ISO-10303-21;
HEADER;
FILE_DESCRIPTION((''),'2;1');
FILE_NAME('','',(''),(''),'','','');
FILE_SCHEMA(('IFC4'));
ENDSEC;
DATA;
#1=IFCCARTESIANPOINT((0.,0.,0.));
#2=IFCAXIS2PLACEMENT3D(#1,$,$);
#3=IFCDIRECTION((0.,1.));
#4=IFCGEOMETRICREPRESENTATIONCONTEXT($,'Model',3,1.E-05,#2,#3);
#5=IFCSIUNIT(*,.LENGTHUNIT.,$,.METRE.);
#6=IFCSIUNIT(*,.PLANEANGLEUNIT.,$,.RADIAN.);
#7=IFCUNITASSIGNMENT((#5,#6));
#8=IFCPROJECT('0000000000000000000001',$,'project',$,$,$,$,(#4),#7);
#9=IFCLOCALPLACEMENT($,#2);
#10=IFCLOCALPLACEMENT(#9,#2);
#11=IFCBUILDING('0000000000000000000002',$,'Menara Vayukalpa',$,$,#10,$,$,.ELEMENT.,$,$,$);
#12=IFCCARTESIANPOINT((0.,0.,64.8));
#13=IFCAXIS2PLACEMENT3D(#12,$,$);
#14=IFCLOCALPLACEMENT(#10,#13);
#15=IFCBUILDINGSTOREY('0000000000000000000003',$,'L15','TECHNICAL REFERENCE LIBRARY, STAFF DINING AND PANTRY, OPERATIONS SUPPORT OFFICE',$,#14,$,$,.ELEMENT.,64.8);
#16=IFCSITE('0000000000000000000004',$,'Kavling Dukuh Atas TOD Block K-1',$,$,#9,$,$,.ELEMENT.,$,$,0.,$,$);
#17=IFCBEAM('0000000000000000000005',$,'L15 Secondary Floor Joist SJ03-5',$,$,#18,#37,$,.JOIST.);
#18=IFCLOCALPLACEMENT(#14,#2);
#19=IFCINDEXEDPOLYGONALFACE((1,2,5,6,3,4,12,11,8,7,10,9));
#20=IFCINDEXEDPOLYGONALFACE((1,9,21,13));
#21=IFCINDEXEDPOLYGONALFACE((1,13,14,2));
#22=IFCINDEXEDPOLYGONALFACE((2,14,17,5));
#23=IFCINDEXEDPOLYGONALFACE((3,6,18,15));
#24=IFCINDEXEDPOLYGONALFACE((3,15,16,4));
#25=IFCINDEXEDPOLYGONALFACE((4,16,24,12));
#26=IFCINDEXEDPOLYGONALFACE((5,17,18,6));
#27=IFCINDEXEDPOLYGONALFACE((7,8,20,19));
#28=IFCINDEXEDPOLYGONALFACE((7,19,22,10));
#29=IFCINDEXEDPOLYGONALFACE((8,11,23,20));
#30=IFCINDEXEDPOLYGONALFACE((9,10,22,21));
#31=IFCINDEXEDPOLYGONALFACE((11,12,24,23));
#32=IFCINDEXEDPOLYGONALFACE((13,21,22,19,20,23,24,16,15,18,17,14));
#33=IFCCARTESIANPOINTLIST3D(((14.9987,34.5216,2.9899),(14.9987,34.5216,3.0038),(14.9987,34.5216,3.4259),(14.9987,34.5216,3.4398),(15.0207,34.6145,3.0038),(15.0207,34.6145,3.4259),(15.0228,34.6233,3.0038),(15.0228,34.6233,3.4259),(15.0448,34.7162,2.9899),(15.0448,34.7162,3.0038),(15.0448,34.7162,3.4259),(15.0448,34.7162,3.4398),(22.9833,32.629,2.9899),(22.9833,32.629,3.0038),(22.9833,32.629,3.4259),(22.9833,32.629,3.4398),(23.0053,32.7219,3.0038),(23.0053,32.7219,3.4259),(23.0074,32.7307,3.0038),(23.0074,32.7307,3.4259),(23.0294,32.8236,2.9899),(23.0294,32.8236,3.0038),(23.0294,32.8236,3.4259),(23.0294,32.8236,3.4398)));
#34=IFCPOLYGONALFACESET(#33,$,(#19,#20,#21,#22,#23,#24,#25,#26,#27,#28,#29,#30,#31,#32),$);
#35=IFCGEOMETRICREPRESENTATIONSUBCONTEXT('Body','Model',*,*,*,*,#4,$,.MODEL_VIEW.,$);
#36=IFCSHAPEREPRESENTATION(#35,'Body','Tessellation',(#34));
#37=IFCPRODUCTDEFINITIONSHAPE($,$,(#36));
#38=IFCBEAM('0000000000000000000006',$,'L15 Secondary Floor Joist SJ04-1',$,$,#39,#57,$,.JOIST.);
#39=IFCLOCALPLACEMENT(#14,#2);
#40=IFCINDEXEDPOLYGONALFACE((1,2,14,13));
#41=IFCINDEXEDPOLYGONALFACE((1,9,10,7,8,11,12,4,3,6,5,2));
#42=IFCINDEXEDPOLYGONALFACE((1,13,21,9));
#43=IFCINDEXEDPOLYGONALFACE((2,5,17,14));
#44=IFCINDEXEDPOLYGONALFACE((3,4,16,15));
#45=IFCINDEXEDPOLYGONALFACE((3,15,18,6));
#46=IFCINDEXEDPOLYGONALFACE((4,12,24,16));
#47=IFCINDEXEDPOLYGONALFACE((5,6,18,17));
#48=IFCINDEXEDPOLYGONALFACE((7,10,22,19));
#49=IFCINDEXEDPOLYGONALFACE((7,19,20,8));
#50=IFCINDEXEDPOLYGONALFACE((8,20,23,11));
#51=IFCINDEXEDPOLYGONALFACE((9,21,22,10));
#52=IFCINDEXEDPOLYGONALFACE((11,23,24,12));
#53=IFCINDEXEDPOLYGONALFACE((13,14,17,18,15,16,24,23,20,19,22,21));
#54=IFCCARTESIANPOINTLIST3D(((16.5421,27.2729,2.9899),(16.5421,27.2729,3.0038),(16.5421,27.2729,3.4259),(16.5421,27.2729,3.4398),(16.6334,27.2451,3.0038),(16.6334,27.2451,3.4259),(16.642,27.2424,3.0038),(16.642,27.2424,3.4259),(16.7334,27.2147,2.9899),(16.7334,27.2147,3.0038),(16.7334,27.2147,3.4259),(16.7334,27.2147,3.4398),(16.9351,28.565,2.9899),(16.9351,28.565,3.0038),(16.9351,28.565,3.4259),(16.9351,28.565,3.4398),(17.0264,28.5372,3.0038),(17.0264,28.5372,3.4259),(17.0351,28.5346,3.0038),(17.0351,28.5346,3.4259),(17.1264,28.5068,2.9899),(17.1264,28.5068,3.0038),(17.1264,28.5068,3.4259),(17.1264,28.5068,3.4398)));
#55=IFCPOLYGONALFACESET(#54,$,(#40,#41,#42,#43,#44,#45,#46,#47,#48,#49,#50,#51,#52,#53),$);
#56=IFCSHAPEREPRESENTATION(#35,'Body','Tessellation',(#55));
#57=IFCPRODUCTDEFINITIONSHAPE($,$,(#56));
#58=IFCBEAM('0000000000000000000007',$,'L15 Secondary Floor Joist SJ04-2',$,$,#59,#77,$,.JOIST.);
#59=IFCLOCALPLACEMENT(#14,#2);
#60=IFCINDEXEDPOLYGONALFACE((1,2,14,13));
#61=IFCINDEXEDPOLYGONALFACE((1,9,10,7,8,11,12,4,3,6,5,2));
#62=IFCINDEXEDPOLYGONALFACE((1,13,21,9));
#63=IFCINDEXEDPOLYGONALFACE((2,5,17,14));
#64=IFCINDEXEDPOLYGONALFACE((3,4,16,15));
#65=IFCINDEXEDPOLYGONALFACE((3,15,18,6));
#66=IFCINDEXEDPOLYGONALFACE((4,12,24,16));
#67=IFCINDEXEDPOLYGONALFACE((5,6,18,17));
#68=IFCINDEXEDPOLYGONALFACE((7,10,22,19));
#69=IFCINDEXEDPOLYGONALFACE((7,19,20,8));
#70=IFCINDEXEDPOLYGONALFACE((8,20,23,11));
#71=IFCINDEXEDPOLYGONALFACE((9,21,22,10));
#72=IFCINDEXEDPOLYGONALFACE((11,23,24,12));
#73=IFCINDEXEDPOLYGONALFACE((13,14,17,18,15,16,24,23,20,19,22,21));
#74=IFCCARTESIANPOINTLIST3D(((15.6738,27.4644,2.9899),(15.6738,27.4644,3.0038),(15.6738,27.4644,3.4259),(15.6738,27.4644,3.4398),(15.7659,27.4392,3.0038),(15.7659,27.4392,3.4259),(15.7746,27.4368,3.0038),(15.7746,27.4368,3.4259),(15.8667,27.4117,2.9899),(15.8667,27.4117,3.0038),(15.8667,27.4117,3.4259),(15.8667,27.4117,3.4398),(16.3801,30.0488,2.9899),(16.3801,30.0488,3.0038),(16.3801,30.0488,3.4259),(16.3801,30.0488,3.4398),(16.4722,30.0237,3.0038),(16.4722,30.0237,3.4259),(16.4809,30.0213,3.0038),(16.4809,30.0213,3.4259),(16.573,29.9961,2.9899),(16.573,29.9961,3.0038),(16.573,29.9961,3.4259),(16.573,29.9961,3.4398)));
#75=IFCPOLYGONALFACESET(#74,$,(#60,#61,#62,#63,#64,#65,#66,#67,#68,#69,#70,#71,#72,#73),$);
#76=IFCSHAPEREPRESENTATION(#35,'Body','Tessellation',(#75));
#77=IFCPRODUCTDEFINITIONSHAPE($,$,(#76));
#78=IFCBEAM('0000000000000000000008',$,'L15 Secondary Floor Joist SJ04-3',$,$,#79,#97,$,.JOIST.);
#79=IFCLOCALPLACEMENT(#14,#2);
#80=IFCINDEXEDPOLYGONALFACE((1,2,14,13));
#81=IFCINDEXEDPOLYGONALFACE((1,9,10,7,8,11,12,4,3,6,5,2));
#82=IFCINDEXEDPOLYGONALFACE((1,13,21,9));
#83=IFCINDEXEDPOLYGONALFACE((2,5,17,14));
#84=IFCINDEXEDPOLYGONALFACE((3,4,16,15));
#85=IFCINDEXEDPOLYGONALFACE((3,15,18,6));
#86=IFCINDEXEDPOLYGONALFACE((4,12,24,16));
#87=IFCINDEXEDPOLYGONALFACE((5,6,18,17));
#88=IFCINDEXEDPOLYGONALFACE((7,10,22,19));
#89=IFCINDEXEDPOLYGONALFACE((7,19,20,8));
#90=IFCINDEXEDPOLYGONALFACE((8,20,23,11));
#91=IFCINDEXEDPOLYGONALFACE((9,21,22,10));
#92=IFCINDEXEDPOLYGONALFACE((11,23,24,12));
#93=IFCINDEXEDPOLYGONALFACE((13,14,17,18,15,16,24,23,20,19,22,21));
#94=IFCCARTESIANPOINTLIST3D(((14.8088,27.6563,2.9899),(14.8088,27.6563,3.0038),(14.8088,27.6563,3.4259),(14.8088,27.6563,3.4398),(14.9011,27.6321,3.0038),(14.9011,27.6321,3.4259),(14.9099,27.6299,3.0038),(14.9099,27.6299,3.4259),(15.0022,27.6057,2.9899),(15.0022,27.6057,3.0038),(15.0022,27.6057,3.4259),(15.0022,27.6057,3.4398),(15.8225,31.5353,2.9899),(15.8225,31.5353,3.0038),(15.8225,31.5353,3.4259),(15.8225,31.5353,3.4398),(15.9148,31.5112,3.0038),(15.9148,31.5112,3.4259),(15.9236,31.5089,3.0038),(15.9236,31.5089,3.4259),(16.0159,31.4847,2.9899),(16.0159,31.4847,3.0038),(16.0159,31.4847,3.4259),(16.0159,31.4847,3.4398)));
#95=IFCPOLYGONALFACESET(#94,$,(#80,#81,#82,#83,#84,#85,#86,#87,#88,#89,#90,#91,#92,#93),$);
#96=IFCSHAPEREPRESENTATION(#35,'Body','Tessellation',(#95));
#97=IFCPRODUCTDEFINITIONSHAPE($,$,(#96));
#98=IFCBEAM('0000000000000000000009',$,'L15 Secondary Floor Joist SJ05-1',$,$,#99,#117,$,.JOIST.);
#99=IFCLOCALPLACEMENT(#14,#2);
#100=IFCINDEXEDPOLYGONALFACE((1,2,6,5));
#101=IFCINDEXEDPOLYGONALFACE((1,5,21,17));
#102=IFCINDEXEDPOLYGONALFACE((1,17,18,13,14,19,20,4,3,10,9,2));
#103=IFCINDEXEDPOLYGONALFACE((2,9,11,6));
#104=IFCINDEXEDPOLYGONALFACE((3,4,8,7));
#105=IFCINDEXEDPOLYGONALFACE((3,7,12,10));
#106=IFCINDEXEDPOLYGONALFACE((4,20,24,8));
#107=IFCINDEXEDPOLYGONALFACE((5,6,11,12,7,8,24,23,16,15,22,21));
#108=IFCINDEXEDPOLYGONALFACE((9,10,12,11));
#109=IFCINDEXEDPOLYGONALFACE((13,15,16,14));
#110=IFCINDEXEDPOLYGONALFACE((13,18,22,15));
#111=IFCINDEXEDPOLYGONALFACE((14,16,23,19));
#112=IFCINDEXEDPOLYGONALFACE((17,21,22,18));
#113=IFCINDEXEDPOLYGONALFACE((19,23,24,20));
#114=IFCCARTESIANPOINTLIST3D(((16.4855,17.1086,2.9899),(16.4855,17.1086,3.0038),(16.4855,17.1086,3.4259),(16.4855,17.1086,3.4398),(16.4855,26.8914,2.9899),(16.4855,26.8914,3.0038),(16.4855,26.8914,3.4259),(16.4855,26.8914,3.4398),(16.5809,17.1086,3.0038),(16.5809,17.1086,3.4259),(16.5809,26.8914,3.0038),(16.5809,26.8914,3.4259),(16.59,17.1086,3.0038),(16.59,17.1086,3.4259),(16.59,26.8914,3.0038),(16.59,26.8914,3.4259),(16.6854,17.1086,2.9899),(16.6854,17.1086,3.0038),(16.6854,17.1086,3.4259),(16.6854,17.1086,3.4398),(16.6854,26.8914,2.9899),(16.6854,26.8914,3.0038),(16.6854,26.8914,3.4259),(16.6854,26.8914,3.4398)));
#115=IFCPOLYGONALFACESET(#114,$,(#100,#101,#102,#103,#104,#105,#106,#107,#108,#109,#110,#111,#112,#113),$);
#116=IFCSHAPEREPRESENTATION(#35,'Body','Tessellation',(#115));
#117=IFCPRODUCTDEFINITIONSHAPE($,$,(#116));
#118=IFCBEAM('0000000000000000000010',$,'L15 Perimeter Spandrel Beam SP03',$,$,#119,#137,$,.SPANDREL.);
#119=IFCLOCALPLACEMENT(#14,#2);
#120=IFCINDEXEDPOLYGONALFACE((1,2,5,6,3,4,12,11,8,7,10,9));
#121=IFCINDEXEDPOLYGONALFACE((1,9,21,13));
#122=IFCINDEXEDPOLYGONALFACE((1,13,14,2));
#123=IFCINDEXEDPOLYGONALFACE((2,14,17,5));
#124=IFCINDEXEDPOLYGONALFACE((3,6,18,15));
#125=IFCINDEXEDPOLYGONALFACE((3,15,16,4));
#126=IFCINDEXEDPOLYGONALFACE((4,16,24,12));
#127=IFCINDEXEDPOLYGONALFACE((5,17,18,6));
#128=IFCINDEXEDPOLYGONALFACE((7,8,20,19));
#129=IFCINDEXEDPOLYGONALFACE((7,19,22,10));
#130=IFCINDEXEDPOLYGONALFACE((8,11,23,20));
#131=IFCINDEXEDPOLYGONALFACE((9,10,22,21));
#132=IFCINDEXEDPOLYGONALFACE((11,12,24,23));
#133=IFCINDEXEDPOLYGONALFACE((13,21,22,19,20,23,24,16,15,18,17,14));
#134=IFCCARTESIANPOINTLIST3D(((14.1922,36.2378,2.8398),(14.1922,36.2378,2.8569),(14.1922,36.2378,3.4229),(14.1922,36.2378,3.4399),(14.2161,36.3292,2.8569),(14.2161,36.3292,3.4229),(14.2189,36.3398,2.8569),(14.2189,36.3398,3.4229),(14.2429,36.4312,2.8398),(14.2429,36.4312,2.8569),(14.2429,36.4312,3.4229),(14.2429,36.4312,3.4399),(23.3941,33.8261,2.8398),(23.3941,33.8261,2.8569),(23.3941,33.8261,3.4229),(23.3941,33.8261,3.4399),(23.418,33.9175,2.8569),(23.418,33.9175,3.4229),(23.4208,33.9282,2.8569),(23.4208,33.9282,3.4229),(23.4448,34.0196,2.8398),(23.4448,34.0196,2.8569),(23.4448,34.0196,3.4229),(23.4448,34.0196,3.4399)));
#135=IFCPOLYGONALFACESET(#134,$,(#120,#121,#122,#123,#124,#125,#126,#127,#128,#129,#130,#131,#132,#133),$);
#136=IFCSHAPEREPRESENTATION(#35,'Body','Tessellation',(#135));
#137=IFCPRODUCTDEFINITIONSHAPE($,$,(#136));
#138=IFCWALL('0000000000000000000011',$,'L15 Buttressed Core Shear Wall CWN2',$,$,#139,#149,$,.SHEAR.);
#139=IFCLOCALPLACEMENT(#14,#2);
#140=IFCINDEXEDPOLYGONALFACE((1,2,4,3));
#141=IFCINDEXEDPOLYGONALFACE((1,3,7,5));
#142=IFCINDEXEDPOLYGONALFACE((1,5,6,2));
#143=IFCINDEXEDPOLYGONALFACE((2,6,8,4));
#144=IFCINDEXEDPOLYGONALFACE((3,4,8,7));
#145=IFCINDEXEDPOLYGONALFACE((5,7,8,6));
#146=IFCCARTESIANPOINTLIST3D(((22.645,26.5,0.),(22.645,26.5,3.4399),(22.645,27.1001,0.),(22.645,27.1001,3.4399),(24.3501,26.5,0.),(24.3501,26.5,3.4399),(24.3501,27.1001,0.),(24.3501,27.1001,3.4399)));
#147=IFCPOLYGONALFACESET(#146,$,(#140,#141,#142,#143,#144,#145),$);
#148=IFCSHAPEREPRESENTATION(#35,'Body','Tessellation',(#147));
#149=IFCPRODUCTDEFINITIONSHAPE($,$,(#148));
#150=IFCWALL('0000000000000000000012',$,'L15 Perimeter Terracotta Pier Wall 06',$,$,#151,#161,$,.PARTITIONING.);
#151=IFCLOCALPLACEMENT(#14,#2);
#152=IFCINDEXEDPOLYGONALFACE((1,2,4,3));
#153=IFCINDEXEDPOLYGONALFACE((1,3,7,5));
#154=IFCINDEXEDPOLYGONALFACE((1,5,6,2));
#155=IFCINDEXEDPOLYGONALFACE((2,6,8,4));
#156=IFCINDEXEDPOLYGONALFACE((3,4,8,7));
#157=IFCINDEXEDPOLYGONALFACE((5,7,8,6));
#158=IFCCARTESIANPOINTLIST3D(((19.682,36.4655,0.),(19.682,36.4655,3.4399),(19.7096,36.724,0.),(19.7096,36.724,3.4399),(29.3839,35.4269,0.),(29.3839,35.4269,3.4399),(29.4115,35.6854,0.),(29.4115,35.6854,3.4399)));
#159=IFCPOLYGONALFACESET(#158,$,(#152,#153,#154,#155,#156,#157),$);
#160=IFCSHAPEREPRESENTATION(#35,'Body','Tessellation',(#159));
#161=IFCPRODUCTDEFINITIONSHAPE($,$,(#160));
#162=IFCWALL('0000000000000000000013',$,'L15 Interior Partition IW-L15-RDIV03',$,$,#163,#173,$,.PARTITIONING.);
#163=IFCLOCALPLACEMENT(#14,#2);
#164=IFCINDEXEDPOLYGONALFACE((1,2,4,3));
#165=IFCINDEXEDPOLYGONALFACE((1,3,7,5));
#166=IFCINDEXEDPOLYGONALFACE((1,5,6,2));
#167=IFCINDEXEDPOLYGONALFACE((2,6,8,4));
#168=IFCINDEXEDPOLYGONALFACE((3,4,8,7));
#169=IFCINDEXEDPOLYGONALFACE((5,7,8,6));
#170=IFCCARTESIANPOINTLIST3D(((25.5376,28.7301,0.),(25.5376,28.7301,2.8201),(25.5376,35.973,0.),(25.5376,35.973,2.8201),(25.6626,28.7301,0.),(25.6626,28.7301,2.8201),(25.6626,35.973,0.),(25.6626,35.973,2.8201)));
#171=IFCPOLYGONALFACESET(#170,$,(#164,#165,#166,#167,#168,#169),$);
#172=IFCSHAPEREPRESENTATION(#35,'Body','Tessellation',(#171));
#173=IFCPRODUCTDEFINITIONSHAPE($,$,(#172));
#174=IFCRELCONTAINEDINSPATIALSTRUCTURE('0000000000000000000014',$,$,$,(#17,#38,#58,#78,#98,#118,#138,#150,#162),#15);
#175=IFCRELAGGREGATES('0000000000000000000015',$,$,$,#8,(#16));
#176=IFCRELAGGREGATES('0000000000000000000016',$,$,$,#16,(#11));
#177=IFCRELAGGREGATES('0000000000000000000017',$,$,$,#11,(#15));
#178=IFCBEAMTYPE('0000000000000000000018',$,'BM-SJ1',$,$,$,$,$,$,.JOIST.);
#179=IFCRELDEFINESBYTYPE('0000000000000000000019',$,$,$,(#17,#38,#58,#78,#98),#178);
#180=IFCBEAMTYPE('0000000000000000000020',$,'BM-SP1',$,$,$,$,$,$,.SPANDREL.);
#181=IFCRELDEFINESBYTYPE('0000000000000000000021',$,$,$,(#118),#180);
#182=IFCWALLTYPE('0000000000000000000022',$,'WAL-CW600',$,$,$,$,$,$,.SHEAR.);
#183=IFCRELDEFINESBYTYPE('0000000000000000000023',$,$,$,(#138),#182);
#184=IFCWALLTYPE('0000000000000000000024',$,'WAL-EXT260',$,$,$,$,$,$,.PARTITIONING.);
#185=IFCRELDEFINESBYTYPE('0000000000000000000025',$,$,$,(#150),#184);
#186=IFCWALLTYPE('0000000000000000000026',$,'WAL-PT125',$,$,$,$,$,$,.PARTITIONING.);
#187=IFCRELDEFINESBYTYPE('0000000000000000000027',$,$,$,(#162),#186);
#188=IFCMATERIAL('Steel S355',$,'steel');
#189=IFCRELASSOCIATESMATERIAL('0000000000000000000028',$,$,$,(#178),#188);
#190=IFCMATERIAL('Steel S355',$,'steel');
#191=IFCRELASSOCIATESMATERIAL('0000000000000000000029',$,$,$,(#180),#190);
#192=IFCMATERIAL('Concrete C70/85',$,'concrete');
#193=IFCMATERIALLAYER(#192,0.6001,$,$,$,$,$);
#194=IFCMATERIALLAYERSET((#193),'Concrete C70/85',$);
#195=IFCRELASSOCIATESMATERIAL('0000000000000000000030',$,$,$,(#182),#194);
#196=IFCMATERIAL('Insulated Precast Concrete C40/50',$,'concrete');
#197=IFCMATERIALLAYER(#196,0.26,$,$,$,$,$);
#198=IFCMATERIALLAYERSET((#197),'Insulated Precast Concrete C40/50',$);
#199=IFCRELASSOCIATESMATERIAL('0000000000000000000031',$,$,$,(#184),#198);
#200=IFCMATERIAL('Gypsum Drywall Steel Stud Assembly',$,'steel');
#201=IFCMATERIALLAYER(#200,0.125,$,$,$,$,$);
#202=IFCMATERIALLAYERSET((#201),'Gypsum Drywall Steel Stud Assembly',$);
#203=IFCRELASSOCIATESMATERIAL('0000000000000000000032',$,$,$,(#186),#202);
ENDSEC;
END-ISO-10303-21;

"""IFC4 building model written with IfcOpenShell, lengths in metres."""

from ifc_helpers import new_model, si_unit, direction, frame, frame_2d, origin, origin_2d, place, context, subcontext, project, spatial, rectangle, i_section, extrude, material, layer, layer_set, material_profile, profile_set, type_object, element, save


model = new_model("IFC4")

# Units and contexts
model_context = context("Model", 3, precision=1e-05, world=origin(), true_north=direction((0.0, 1.0)))
body_context = subcontext(model_context, "Body", "Model", "MODEL_VIEW")
ifc_project = project(units=[si_unit("LENGTHUNIT", "METRE"), si_unit("PLANEANGLEUNIT", "RADIAN")], contexts=[model_context])

# Site, building, storey
site_placement = place(None, origin())
site = spatial("IfcSite", under=ifc_project, at=site_placement, Name="Kavling Dukuh Atas TOD Block K-1", CompositionType="ELEMENT", RefElevation=0.0)
building_placement = place(site_placement, origin())
building = spatial("IfcBuilding", under=site, at=building_placement, Name="Menara Vayukalpa", CompositionType="ELEMENT")
storey_placement = place(building_placement, frame((0.0, 0.0, 64.8)))
storey = spatial("IfcBuildingStorey", under=building, at=storey_placement, Name="L15", Description="TECHNICAL REFERENCE LIBRARY, STAFF DINING AND PANTRY, OPERATIONS SUPPORT OFFICE", CompositionType="ELEMENT", Elevation=64.8)

# Beams
ifc_material_1 = material(Name="Steel S355", Category="steel")
ifc_material_profile_1 = material_profile(ifc_material_1, i_section(OverallWidth=0.2, OverallDepth=0.45, WebThickness=0.009, FlangeThickness=0.0139, at=origin_2d()), Name="WF 450x200x9x14")
ifc_profile_set_1 = profile_set([ifc_material_profile_1], Name="Steel S355")
beam_type_1 = type_object("IfcBeamType", Name="BM-SJ1", PredefinedType="JOIST", material=ifc_profile_set_1)
beam_1_placement = place(storey_placement, frame((23.0063, 32.7263, 3.2148), z_axis=(-0.97304, 0.230638, 0.0), x_axis=(-0.230638, -0.97304, 0.0)))
element("IfcBeam", 1, at=beam_1_placement, inside=storey, type_object=beam_type_1, Name="L15 Secondary Floor Joist SJ03-5", PredefinedType="JOIST", context=body_context, shape_type="SweptSolid", body=[
    extrude(i_section(OverallWidth=0.2, OverallDepth=0.45, WebThickness=0.009, FlangeThickness=0.0139, at=origin_2d()), origin(), (0.0, 0.0, 1.0), 8.2058),
])
beam_2_placement = place(storey_placement, frame((17.0308, 28.5359, 3.2148), z_axis=(-0.291011, -0.95672, 0.0), x_axis=(0.95672, -0.291011, 0.0)))
element("IfcBeam", 2, at=beam_2_placement, inside=storey, type_object=beam_type_1, Name="L15 Secondary Floor Joist SJ04-1", PredefinedType="JOIST", context=body_context, shape_type="SweptSolid", body=[
    extrude(i_section(OverallWidth=0.2, OverallDepth=0.45, WebThickness=0.009, FlangeThickness=0.0139, at=origin_2d()), origin(), (0.0, 0.0, 1.0), 1.3506),
])
beam_3_placement = place(storey_placement, frame((16.4766, 30.0225, 3.2148), z_axis=(-0.263619, -0.964627, 0.0), x_axis=(0.964627, -0.263619, 0.0)))
element("IfcBeam", 3, at=beam_3_placement, inside=storey, type_object=beam_type_1, Name="L15 Secondary Floor Joist SJ04-2", PredefinedType="JOIST", context=body_context, shape_type="SweptSolid", body=[
    extrude(i_section(OverallWidth=0.2, OverallDepth=0.45, WebThickness=0.009, FlangeThickness=0.0139, at=origin_2d()), origin(), (0.0, 0.0, 1.0), 2.6792),
])
beam_4_placement = place(storey_placement, frame((15.9192, 31.51, 3.2148), z_axis=(-0.252838, -0.967509, 0.0), x_axis=(0.967509, -0.252838, 0.0)))
element("IfcBeam", 4, at=beam_4_placement, inside=storey, type_object=beam_type_1, Name="L15 Secondary Floor Joist SJ04-3", PredefinedType="JOIST", context=body_context, shape_type="SweptSolid", body=[
    extrude(i_section(OverallWidth=0.2, OverallDepth=0.45, WebThickness=0.009, FlangeThickness=0.0139, at=origin_2d()), origin(), (0.0, 0.0, 1.0), 4.0093),
])
beam_5_placement = place(storey_placement, frame((16.5854, 26.8914, 3.2148), z_axis=(0.0, -1.0, 0.0), x_axis=(1.0, 0.0, 0.0)))
element("IfcBeam", 5, at=beam_5_placement, inside=storey, type_object=beam_type_1, Name="L15 Secondary Floor Joist SJ05-1", PredefinedType="JOIST", context=body_context, shape_type="SweptSolid", body=[
    extrude(i_section(OverallWidth=0.2, OverallDepth=0.45, WebThickness=0.009, FlangeThickness=0.0139, at=origin_2d()), origin(), (0.0, 0.0, 1.0), 9.7827),
])
ifc_material_2 = material(Name="Steel S355", Category="steel")
ifc_material_profile_2 = material_profile(ifc_material_2, i_section(OverallWidth=0.2, OverallDepth=0.6001, WebThickness=0.011, FlangeThickness=0.0171, at=origin_2d()), Name="WF 600x200x11x17")
ifc_profile_set_2 = profile_set([ifc_material_profile_2], Name="Steel S355")
beam_type_2 = type_object("IfcBeamType", Name="BM-SP1", PredefinedType="SPANDREL", material=ifc_profile_set_2)
beam_6_placement = place(storey_placement, frame((23.4194, 33.9229, 3.1399), z_axis=(-0.967331, 0.253517, 0.0), x_axis=(-0.253517, -0.967331, 0.0)))
element("IfcBeam", 6, at=beam_6_placement, inside=storey, type_object=beam_type_2, Name="L15 Perimeter Spandrel Beam SP03", PredefinedType="SPANDREL", context=body_context, shape_type="SweptSolid", body=[
    extrude(i_section(OverallWidth=0.2, OverallDepth=0.6001, WebThickness=0.011, FlangeThickness=0.0171, at=origin_2d()), origin(), (0.0, 0.0, 1.0), 9.5127),
])

# Walls
ifc_material_3 = material(Name="Concrete C70/85", Category="concrete")
ifc_layer_1 = layer(ifc_material_3, 0.6001)
ifc_layer_set_1 = layer_set([ifc_layer_1], Name="Concrete C70/85")
wall_type_1 = type_object("IfcWallType", Name="WAL-CW600", PredefinedType="SHEAR", material=ifc_layer_set_1)
wall_1_placement = place(storey_placement, frame((22.645, 26.8, 0.0), z_axis=(0.0, 0.0, 1.0), x_axis=(1.0, 0.0, 0.0)))
element("IfcWall", 7, at=wall_1_placement, inside=storey, type_object=wall_type_1, Name="L15 Buttressed Core Shear Wall CWN2", PredefinedType="SHEAR", context=body_context, shape_type="SweptSolid", body=[
    extrude(rectangle(XDim=1.7051, YDim=0.6001, at=frame_2d((0.8525, 0.0))), origin(), (0.0, 0.0, 1.0), 3.4399),
])
ifc_material_4 = material(Name="Insulated Precast Concrete C40/50", Category="concrete")
ifc_layer_2 = layer(ifc_material_4, 0.26)
ifc_layer_set_2 = layer_set([ifc_layer_2], Name="Insulated Precast Concrete C40/50")
wall_type_2 = type_object("IfcWallType", Name="WAL-EXT260", PredefinedType="PARTITIONING", material=ifc_layer_set_2)
wall_2_placement = place(storey_placement, frame((19.6958, 36.5947, 0.0), z_axis=(0.0, 0.0, 1.0), x_axis=(0.994319, -0.10644, 0.0)))
element("IfcWall", 8, at=wall_2_placement, inside=storey, type_object=wall_type_2, Name="L15 Perimeter Terracotta Pier Wall 06", PredefinedType="PARTITIONING", context=body_context, shape_type="SweptSolid", body=[
    extrude(rectangle(XDim=9.7573, YDim=0.26, at=frame_2d((4.8787, 0.0))), origin(), (0.0, 0.0, 1.0), 3.4399),
])
ifc_material_5 = material(Name="Gypsum Drywall Steel Stud Assembly", Category="steel")
ifc_layer_3 = layer(ifc_material_5, 0.125)
ifc_layer_set_3 = layer_set([ifc_layer_3], Name="Gypsum Drywall Steel Stud Assembly")
wall_type_3 = type_object("IfcWallType", Name="WAL-PT125", PredefinedType="PARTITIONING", material=ifc_layer_set_3)
wall_3_placement = place(storey_placement, frame((25.6001, 28.73, 0.0), z_axis=(0.0, 0.0, 1.0), x_axis=(0.0, 1.0, 0.0)))
element("IfcWall", 9, at=wall_3_placement, inside=storey, type_object=wall_type_3, Name="L15 Interior Partition IW-L15-RDIV03", PredefinedType="PARTITIONING", context=body_context, shape_type="SweptSolid", body=[
    extrude(rectangle(XDim=7.2429, YDim=0.125, at=frame_2d((3.6216, 0.0))), origin(), (0.0, 0.0, 1.0), 2.8201),
])

save(model, "model.ifc")
